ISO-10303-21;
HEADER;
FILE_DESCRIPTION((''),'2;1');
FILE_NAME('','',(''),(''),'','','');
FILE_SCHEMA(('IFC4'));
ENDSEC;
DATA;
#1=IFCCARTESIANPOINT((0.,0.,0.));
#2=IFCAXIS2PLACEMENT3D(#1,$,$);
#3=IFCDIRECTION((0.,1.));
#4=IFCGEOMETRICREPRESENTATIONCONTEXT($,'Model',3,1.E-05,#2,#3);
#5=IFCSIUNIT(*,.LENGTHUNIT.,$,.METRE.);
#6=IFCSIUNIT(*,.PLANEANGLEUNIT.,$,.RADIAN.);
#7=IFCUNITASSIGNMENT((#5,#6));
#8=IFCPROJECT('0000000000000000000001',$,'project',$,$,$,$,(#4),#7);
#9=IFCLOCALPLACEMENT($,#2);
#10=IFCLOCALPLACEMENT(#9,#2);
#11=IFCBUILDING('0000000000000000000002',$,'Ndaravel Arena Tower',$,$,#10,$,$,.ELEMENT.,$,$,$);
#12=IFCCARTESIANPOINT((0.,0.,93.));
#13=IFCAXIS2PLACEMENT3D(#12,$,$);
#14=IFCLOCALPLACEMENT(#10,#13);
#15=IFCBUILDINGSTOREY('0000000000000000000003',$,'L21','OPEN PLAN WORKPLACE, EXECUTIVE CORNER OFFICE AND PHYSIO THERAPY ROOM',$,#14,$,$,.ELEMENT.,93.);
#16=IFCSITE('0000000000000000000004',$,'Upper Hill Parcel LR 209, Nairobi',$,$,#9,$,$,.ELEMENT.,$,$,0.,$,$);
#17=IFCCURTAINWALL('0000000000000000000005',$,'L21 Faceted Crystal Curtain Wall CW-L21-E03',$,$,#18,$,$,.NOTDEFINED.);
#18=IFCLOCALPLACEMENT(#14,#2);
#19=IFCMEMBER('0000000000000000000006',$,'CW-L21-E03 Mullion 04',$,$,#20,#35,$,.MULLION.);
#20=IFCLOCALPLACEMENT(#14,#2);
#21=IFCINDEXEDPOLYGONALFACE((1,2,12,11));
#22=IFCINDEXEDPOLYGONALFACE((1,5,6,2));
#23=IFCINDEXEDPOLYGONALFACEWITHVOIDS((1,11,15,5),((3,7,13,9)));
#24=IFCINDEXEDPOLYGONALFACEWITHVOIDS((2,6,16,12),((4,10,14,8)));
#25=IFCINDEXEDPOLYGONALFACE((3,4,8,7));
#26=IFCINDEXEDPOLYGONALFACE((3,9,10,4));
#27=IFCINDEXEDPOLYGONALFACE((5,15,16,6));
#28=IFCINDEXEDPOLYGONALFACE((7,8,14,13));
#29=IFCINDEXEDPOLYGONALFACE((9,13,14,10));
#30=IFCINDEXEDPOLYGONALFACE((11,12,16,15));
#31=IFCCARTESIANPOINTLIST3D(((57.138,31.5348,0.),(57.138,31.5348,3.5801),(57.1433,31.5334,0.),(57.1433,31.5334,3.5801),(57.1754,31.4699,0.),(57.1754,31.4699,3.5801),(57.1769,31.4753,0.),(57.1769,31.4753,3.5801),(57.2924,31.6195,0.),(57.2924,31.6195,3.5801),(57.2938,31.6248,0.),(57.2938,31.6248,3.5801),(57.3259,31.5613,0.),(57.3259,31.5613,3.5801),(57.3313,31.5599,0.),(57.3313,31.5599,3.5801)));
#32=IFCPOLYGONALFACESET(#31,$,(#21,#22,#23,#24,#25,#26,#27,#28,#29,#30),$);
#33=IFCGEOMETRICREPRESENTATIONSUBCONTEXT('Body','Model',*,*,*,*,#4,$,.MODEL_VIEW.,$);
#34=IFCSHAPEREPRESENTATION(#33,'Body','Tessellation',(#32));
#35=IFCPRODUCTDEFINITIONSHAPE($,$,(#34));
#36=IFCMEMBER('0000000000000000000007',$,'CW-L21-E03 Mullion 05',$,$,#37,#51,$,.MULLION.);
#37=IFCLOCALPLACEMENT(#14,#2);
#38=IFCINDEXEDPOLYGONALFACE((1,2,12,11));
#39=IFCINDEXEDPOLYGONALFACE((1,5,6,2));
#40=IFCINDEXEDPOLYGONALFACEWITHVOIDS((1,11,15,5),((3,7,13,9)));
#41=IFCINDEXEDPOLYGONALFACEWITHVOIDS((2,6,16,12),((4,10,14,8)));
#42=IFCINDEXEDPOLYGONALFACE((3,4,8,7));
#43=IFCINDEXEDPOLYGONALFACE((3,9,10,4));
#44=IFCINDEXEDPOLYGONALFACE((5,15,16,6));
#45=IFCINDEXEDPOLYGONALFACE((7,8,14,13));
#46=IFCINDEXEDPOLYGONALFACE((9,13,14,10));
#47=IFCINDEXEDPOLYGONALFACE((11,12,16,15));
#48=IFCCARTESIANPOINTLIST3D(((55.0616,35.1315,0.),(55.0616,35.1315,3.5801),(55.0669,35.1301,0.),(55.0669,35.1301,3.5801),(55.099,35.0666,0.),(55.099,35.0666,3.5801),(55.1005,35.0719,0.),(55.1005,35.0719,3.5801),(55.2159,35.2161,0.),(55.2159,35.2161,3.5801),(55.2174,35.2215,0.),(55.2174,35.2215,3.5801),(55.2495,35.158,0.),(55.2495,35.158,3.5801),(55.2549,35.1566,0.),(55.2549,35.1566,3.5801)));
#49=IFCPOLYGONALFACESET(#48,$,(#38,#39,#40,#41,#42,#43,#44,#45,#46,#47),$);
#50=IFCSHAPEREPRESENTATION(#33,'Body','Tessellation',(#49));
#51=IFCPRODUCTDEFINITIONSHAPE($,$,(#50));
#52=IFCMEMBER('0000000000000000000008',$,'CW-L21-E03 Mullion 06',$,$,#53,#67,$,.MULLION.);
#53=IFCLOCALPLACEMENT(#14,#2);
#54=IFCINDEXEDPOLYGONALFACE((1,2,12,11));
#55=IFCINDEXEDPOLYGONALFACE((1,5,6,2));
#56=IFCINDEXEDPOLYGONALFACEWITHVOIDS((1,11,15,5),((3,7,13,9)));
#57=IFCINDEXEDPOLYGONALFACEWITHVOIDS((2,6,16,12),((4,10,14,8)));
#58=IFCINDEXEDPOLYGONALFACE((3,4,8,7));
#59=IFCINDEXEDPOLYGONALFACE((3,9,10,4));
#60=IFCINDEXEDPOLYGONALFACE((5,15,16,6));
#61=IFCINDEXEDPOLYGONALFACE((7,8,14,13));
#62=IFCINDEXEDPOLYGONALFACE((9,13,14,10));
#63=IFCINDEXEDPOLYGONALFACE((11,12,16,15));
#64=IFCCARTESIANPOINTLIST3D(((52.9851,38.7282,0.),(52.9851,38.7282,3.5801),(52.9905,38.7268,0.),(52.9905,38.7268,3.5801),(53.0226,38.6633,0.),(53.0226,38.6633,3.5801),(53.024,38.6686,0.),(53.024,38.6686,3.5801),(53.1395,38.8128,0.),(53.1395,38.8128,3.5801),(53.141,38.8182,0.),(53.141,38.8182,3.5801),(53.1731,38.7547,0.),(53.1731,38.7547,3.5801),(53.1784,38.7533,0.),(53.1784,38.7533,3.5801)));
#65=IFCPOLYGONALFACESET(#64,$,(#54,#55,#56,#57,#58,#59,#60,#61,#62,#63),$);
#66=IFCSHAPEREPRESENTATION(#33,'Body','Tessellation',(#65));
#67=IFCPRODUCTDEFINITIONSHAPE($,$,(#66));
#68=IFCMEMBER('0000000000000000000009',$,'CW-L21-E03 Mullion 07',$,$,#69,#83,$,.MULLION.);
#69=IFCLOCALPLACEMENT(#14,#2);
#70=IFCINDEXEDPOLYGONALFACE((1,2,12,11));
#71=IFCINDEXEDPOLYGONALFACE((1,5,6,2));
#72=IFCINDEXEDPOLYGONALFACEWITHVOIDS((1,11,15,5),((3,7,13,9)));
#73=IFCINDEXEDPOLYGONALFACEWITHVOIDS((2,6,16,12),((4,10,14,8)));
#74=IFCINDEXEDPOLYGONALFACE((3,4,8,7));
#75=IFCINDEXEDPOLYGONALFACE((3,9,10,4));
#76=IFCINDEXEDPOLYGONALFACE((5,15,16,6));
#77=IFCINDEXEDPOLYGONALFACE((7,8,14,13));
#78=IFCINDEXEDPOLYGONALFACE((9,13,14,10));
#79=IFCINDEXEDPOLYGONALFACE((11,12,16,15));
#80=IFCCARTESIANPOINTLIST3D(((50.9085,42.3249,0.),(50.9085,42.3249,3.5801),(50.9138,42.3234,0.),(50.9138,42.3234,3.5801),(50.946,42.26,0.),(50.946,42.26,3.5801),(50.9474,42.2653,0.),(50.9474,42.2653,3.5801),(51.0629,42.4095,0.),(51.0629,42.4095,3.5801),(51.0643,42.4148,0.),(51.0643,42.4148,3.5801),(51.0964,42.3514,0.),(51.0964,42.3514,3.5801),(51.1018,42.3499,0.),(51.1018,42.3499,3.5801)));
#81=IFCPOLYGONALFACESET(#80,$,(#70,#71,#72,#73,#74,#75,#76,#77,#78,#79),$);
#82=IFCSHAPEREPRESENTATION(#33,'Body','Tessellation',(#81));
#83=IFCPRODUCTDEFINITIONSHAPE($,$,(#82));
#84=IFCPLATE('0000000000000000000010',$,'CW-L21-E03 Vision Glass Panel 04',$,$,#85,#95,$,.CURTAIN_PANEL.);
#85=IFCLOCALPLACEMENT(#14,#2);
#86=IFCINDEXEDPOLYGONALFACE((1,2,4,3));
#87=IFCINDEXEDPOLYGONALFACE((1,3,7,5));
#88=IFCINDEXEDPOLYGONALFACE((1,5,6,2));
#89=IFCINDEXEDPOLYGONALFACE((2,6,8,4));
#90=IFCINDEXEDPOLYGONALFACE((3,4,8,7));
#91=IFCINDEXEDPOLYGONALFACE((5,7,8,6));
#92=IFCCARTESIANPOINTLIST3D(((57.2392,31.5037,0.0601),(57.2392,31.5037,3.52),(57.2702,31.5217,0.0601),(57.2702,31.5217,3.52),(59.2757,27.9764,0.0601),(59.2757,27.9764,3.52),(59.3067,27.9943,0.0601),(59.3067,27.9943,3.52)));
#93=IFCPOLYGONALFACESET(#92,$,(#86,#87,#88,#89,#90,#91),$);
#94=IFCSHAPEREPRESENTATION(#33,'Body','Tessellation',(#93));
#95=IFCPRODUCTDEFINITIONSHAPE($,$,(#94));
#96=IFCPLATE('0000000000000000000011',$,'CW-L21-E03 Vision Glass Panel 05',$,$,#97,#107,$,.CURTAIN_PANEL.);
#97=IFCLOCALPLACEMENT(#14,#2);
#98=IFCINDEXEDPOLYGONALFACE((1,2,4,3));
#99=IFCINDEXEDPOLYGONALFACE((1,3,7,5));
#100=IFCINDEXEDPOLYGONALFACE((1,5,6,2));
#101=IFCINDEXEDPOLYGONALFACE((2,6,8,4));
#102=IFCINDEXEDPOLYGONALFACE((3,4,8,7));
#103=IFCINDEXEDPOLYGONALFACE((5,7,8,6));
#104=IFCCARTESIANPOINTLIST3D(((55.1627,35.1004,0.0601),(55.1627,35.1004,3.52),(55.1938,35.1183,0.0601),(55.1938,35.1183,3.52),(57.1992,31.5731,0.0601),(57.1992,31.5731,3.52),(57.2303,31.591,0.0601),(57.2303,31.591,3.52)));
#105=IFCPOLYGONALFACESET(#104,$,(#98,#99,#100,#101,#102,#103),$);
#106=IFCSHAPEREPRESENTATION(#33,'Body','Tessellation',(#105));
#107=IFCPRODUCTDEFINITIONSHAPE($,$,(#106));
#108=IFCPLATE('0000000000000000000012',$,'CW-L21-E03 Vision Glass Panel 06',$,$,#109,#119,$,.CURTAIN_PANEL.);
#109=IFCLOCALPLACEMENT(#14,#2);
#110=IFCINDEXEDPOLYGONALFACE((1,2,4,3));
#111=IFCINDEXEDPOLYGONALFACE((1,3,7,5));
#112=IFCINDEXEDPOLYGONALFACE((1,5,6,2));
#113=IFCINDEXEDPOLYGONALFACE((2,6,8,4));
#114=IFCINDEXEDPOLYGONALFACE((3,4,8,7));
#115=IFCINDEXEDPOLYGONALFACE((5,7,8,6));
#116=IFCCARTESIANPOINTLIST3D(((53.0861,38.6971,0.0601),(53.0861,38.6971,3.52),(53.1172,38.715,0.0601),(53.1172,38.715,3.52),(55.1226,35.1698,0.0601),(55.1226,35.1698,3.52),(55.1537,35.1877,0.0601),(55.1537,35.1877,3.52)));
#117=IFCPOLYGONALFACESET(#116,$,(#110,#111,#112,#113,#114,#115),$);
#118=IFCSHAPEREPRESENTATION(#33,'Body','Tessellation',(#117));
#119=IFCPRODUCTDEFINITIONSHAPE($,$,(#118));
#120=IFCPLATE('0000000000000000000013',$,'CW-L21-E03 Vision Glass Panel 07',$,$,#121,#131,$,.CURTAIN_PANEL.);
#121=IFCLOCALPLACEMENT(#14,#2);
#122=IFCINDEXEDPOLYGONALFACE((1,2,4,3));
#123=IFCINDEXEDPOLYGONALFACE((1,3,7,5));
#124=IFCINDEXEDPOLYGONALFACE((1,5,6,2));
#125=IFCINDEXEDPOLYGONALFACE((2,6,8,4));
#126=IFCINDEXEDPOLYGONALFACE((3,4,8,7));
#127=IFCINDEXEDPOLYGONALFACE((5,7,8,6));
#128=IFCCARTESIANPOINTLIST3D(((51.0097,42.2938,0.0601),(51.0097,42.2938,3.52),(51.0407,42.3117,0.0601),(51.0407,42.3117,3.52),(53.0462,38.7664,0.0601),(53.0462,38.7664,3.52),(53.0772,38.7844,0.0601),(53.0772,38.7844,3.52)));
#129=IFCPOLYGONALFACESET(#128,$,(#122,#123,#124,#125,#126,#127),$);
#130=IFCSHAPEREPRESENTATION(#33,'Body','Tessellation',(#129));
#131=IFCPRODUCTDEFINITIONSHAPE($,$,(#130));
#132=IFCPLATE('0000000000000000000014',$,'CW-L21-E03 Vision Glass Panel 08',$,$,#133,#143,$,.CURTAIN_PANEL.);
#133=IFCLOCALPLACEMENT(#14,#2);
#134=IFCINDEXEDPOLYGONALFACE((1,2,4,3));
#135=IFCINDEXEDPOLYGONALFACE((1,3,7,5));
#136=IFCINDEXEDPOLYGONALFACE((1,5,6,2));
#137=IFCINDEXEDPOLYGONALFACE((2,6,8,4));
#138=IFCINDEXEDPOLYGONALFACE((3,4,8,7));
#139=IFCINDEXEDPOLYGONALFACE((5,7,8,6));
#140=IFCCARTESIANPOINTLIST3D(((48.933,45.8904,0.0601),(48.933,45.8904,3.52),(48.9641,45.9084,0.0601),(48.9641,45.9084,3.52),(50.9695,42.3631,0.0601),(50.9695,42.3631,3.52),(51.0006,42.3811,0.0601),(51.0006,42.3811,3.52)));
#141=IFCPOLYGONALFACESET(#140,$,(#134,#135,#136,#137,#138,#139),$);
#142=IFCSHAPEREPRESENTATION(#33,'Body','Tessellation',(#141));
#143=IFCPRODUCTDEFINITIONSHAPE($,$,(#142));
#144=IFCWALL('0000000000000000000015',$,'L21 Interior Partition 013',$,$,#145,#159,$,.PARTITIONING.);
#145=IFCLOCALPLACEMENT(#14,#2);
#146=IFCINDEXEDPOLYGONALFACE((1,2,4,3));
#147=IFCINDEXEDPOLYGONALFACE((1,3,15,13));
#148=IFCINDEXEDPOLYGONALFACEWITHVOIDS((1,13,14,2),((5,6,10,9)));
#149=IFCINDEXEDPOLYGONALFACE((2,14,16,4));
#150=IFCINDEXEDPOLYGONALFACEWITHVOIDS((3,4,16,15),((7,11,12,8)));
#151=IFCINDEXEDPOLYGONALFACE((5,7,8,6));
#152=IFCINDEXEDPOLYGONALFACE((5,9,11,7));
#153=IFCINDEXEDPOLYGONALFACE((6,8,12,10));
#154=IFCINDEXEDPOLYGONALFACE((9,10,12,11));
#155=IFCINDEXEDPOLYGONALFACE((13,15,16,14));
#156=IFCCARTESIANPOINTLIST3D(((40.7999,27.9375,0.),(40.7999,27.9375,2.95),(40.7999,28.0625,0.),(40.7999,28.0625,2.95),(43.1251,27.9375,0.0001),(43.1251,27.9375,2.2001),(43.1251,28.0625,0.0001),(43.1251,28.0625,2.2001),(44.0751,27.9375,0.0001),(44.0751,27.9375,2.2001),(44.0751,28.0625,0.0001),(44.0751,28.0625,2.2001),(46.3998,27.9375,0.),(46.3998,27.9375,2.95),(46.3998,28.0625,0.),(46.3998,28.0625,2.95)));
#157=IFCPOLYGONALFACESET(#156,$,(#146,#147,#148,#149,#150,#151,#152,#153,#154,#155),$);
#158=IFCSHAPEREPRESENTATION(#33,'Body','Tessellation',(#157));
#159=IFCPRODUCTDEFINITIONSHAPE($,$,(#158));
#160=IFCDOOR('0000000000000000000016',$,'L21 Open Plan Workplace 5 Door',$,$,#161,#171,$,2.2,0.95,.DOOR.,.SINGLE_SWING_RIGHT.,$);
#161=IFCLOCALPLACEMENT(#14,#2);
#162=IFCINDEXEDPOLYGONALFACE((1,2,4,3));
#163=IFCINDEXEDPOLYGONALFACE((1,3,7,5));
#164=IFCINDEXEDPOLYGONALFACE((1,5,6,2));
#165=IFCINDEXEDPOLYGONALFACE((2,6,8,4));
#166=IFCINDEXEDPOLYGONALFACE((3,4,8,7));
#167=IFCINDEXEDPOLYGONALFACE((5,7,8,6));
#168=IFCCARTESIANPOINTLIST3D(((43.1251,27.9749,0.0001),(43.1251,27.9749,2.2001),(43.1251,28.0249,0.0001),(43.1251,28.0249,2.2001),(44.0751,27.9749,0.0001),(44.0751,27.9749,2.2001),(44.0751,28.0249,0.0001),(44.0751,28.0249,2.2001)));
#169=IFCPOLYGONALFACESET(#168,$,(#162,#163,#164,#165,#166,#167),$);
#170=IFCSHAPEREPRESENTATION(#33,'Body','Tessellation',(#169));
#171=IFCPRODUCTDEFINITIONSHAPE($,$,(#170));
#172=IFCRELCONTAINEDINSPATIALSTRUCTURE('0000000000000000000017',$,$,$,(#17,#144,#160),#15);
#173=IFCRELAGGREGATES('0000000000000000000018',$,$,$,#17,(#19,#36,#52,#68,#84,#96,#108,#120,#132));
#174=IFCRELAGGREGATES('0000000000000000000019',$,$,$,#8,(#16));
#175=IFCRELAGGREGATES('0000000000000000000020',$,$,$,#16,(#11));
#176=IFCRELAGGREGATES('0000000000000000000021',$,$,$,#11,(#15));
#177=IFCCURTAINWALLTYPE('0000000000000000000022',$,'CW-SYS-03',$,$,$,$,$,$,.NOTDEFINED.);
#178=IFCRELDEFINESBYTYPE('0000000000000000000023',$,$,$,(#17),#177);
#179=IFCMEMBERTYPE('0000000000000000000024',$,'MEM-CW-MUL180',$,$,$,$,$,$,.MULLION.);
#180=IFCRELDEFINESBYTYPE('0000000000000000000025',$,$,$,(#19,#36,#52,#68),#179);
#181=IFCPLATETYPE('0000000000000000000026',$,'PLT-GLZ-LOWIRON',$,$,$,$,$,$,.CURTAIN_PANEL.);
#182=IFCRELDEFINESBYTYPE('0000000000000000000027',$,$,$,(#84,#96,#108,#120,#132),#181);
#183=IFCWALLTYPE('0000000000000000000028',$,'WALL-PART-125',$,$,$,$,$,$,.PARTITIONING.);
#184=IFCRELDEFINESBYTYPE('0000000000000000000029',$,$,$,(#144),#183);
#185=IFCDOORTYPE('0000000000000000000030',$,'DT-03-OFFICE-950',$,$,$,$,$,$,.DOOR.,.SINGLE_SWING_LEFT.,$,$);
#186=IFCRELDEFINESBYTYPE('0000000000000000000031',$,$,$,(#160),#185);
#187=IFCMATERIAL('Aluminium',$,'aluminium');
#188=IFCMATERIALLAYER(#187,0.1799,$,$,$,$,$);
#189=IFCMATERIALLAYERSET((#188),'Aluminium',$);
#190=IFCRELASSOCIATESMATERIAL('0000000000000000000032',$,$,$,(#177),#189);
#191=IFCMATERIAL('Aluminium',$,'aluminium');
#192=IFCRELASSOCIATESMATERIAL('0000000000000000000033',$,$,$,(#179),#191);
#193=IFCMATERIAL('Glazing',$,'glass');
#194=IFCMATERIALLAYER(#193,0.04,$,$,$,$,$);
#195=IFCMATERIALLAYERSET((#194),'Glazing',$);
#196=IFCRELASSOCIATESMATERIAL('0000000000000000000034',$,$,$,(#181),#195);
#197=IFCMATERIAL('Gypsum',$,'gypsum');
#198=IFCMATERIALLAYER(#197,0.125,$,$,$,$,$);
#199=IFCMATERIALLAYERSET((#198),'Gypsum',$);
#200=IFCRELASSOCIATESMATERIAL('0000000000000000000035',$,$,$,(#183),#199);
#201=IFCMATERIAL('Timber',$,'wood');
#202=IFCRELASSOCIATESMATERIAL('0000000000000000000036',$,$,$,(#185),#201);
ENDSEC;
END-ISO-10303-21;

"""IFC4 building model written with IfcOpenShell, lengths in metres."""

from ifc_helpers import new_model, si_unit, direction, frame, frame_2d, origin, origin_2d, place, context, subcontext, project, spatial, rectangle, hollow_rectangle, extrude, material, layer, layer_set, material_profile, profile_set, type_object, element, fill, aggregate, save


model = new_model("IFC4")

# Units and contexts
model_context = context("Model", 3, precision=1e-05, world=origin(), true_north=direction((0.0, 1.0)))
body_context = subcontext(model_context, "Body", "Model", "MODEL_VIEW")
ifc_project = project(units=[si_unit("LENGTHUNIT", "METRE"), si_unit("PLANEANGLEUNIT", "RADIAN")], contexts=[model_context])

# Site, building, storey
site_placement = place(None, origin())
site = spatial("IfcSite", under=ifc_project, at=site_placement, Name="Upper Hill Parcel LR 209, Nairobi", CompositionType="ELEMENT", RefElevation=0.0)
building_placement = place(site_placement, origin())
building = spatial("IfcBuilding", under=site, at=building_placement, Name="Ndaravel Arena Tower", CompositionType="ELEMENT")
storey_placement = place(building_placement, frame((0.0, 0.0, 93.0)))
storey = spatial("IfcBuildingStorey", under=building, at=storey_placement, Name="L21", Description="OPEN PLAN WORKPLACE, EXECUTIVE CORNER OFFICE AND PHYSIO THERAPY ROOM", CompositionType="ELEMENT", Elevation=93.0)

# Curtain wall, members, plates
ifc_material_1 = material(Name="Aluminium", Category="aluminium")
ifc_layer_1 = layer(ifc_material_1, 0.1799)
ifc_layer_set_1 = layer_set([ifc_layer_1], Name="Aluminium")
curtain_wall_type = type_object("IfcCurtainWallType", Name="CW-SYS-03", PredefinedType="NOTDEFINED", material=ifc_layer_set_1)
curtain_wall_placement = place(storey_placement, origin())
curtain_wall = element("IfcCurtainWall", 1, at=curtain_wall_placement, inside=storey, type_object=curtain_wall_type, Name="L21 Faceted Crystal Curtain Wall CW-L21-E03", PredefinedType="NOTDEFINED")
ifc_material_2 = material(Name="Aluminium", Category="aluminium")
ifc_material_profile_1 = material_profile(ifc_material_2, hollow_rectangle(XDim=0.075, YDim=0.1799, WallThickness=0.0039, at=origin_2d()), Name="CW MULLION 75x180x4")
ifc_profile_set_1 = profile_set([ifc_material_profile_1], Name="Aluminium")
member_type = type_object("IfcMemberType", Name="MEM-CW-MUL180", PredefinedType="MULLION", material=ifc_profile_set_1)
member_1_placement = place(storey_placement, frame((57.2346, 31.5474, 0.0), z_axis=(0.0, 0.0, 1.0), x_axis=(-0.5, 0.866025, 0.0)))
member_1 = element("IfcMember", 2, at=member_1_placement, type_object=member_type, Name="CW-L21-E03 Mullion 04", PredefinedType="MULLION", context=body_context, shape_type="SweptSolid", body=[
    extrude(hollow_rectangle(XDim=0.075, YDim=0.1799, WallThickness=0.0039, at=origin_2d()), origin(), (0.0, 0.0, 1.0), 3.5801),
])
member_2_placement = place(storey_placement, frame((55.1582, 35.144, 0.0), z_axis=(0.0, 0.0, 1.0), x_axis=(-0.5, 0.866025, 0.0)))
member_2 = element("IfcMember", 3, at=member_2_placement, type_object=member_type, Name="CW-L21-E03 Mullion 05", PredefinedType="MULLION", context=body_context, shape_type="SweptSolid", body=[
    extrude(hollow_rectangle(XDim=0.075, YDim=0.1799, WallThickness=0.0039, at=origin_2d()), origin(), (0.0, 0.0, 1.0), 3.5801),
])
member_3_placement = place(storey_placement, frame((53.0818, 38.7407, 0.0), z_axis=(0.0, 0.0, 1.0), x_axis=(-0.5, 0.866025, 0.0)))
member_3 = element("IfcMember", 4, at=member_3_placement, type_object=member_type, Name="CW-L21-E03 Mullion 06", PredefinedType="MULLION", context=body_context, shape_type="SweptSolid", body=[
    extrude(hollow_rectangle(XDim=0.075, YDim=0.1799, WallThickness=0.0039, at=origin_2d()), origin(), (0.0, 0.0, 1.0), 3.5801),
])
member_4_placement = place(storey_placement, frame((51.0051, 42.3374, 0.0), z_axis=(0.0, 0.0, 1.0), x_axis=(-0.5, 0.866025, 0.0)))
member_4 = element("IfcMember", 5, at=member_4_placement, type_object=member_type, Name="CW-L21-E03 Mullion 07", PredefinedType="MULLION", context=body_context, shape_type="SweptSolid", body=[
    extrude(hollow_rectangle(XDim=0.075, YDim=0.1799, WallThickness=0.0039, at=origin_2d()), origin(), (0.0, 0.0, 1.0), 3.5801),
])
ifc_material_3 = material(Name="Glazing", Category="glass")
ifc_layer_2 = layer(ifc_material_3, 0.04)
ifc_layer_set_2 = layer_set([ifc_layer_2], Name="Glazing")
plate_type = type_object("IfcPlateType", Name="PLT-GLZ-LOWIRON", PredefinedType="CURTAIN_PANEL", material=ifc_layer_set_2)
plate_1_placement = place(storey_placement, frame((58.2729, 29.749, 0.0601), z_axis=(0.0, 0.0, 1.0), x_axis=(-0.5, 0.866025, 0.0)))
plate_1 = element("IfcPlate", 6, at=plate_1_placement, type_object=plate_type, Name="CW-L21-E03 Vision Glass Panel 04", PredefinedType="CURTAIN_PANEL", context=body_context, shape_type="SweptSolid", body=[
    extrude(rectangle(XDim=4.073, YDim=0.0359, at=origin_2d()), origin(), (0.0, 0.0, 1.0), 3.46),
])
plate_2_placement = place(storey_placement, frame((56.1965, 33.3457, 0.0601), z_axis=(0.0, 0.0, 1.0), x_axis=(-0.5, 0.866025, 0.0)))
plate_2 = element("IfcPlate", 7, at=plate_2_placement, type_object=plate_type, Name="CW-L21-E03 Vision Glass Panel 05", PredefinedType="CURTAIN_PANEL", context=body_context, shape_type="SweptSolid", body=[
    extrude(rectangle(XDim=4.073, YDim=0.0359, at=origin_2d()), origin(), (0.0, 0.0, 1.0), 3.46),
])
plate_3_placement = place(storey_placement, frame((54.1199, 36.9424, 0.0601), z_axis=(0.0, 0.0, 1.0), x_axis=(-0.5, 0.866025, 0.0)))
plate_3 = element("IfcPlate", 8, at=plate_3_placement, type_object=plate_type, Name="CW-L21-E03 Vision Glass Panel 06", PredefinedType="CURTAIN_PANEL", context=body_context, shape_type="SweptSolid", body=[
    extrude(rectangle(XDim=4.073, YDim=0.0359, at=origin_2d()), origin(), (0.0, 0.0, 1.0), 3.46),
])
plate_4_placement = place(storey_placement, frame((52.0435, 40.5391, 0.0601), z_axis=(0.0, 0.0, 1.0), x_axis=(-0.5, 0.866025, 0.0)))
plate_4 = element("IfcPlate", 9, at=plate_4_placement, type_object=plate_type, Name="CW-L21-E03 Vision Glass Panel 07", PredefinedType="CURTAIN_PANEL", context=body_context, shape_type="SweptSolid", body=[
    extrude(rectangle(XDim=4.073, YDim=0.0359, at=origin_2d()), origin(), (0.0, 0.0, 1.0), 3.46),
])
plate_5_placement = place(storey_placement, frame((49.9668, 44.1357, 0.0601), z_axis=(0.0, 0.0, 1.0), x_axis=(-0.5, 0.866025, 0.0)))
plate_5 = element("IfcPlate", 10, at=plate_5_placement, type_object=plate_type, Name="CW-L21-E03 Vision Glass Panel 08", PredefinedType="CURTAIN_PANEL", context=body_context, shape_type="SweptSolid", body=[
    extrude(rectangle(XDim=4.073, YDim=0.0359, at=origin_2d()), origin(), (0.0, 0.0, 1.0), 3.46),
])
aggregate(curtain_wall, [member_1, member_2, member_3, member_4, plate_1, plate_2, plate_3, plate_4, plate_5])

# Wall, opening, door
ifc_material_4 = material(Name="Gypsum", Category="gypsum")
ifc_layer_3 = layer(ifc_material_4, 0.125)
ifc_layer_set_3 = layer_set([ifc_layer_3], Name="Gypsum")
wall_type_1 = type_object("IfcWallType", Name="WALL-PART-125", PredefinedType="PARTITIONING", material=ifc_layer_set_3)
wall_1_placement = place(storey_placement, frame((40.8, 28.0, 0.0), z_axis=(0.0, 0.0, 1.0), x_axis=(1.0, 0.0, 0.0)))
wall_1 = element("IfcWall", 11, at=wall_1_placement, inside=storey, type_object=wall_type_1, Name="L21 Interior Partition 013", PredefinedType="PARTITIONING", context=body_context, shape_type="SweptSolid", body=[
    extrude(rectangle(XDim=5.5999, YDim=0.125, at=frame_2d((2.7998, 0.0))), origin(), (0.0, 0.0, 1.0), 2.95),
])
opening_1_placement = place(wall_1_placement, frame((2.325, 0.0, 0.0)))
opening_1 = element("IfcOpeningElement", 12, at=opening_1_placement, cuts=wall_1, PredefinedType="OPENING", context=body_context, shape_type="SweptSolid", body=[
    extrude(rectangle(XDim=0.95, YDim=2.2, at=frame_2d((0.4751, 1.1001))), frame((0.0, 0.0625, 0.0), z_axis=(0.0, -1.0, 0.0), x_axis=(1.0, 0.0, 0.0)), (0.0, 0.0, 1.0), 0.125),
])
ifc_material_5 = material(Name="Timber", Category="wood")
door_type = type_object("IfcDoorType", Name="DT-03-OFFICE-950", OperationType="SINGLE_SWING_LEFT", PredefinedType="DOOR", material=ifc_material_5)
door_1_placement = place(opening_1_placement, origin())
door_1 = element("IfcDoor", 13, at=door_1_placement, inside=storey, type_object=door_type, Name="L21 Open Plan Workplace 5 Door", OperationType="SINGLE_SWING_RIGHT", OverallHeight=2.2, OverallWidth=0.95, PredefinedType="DOOR", context=body_context, shape_type="SweptSolid", body=[
    extrude(rectangle(XDim=0.95, YDim=2.2, at=frame_2d((0.4751, 1.1001))), frame((0.0, 0.0249, 0.0), z_axis=(0.0, -1.0, 0.0), x_axis=(1.0, 0.0, 0.0)), (0.0, 0.0, 1.0), 0.05),
])
fill(opening_1, door_1)

save(model, "model.ifc")
